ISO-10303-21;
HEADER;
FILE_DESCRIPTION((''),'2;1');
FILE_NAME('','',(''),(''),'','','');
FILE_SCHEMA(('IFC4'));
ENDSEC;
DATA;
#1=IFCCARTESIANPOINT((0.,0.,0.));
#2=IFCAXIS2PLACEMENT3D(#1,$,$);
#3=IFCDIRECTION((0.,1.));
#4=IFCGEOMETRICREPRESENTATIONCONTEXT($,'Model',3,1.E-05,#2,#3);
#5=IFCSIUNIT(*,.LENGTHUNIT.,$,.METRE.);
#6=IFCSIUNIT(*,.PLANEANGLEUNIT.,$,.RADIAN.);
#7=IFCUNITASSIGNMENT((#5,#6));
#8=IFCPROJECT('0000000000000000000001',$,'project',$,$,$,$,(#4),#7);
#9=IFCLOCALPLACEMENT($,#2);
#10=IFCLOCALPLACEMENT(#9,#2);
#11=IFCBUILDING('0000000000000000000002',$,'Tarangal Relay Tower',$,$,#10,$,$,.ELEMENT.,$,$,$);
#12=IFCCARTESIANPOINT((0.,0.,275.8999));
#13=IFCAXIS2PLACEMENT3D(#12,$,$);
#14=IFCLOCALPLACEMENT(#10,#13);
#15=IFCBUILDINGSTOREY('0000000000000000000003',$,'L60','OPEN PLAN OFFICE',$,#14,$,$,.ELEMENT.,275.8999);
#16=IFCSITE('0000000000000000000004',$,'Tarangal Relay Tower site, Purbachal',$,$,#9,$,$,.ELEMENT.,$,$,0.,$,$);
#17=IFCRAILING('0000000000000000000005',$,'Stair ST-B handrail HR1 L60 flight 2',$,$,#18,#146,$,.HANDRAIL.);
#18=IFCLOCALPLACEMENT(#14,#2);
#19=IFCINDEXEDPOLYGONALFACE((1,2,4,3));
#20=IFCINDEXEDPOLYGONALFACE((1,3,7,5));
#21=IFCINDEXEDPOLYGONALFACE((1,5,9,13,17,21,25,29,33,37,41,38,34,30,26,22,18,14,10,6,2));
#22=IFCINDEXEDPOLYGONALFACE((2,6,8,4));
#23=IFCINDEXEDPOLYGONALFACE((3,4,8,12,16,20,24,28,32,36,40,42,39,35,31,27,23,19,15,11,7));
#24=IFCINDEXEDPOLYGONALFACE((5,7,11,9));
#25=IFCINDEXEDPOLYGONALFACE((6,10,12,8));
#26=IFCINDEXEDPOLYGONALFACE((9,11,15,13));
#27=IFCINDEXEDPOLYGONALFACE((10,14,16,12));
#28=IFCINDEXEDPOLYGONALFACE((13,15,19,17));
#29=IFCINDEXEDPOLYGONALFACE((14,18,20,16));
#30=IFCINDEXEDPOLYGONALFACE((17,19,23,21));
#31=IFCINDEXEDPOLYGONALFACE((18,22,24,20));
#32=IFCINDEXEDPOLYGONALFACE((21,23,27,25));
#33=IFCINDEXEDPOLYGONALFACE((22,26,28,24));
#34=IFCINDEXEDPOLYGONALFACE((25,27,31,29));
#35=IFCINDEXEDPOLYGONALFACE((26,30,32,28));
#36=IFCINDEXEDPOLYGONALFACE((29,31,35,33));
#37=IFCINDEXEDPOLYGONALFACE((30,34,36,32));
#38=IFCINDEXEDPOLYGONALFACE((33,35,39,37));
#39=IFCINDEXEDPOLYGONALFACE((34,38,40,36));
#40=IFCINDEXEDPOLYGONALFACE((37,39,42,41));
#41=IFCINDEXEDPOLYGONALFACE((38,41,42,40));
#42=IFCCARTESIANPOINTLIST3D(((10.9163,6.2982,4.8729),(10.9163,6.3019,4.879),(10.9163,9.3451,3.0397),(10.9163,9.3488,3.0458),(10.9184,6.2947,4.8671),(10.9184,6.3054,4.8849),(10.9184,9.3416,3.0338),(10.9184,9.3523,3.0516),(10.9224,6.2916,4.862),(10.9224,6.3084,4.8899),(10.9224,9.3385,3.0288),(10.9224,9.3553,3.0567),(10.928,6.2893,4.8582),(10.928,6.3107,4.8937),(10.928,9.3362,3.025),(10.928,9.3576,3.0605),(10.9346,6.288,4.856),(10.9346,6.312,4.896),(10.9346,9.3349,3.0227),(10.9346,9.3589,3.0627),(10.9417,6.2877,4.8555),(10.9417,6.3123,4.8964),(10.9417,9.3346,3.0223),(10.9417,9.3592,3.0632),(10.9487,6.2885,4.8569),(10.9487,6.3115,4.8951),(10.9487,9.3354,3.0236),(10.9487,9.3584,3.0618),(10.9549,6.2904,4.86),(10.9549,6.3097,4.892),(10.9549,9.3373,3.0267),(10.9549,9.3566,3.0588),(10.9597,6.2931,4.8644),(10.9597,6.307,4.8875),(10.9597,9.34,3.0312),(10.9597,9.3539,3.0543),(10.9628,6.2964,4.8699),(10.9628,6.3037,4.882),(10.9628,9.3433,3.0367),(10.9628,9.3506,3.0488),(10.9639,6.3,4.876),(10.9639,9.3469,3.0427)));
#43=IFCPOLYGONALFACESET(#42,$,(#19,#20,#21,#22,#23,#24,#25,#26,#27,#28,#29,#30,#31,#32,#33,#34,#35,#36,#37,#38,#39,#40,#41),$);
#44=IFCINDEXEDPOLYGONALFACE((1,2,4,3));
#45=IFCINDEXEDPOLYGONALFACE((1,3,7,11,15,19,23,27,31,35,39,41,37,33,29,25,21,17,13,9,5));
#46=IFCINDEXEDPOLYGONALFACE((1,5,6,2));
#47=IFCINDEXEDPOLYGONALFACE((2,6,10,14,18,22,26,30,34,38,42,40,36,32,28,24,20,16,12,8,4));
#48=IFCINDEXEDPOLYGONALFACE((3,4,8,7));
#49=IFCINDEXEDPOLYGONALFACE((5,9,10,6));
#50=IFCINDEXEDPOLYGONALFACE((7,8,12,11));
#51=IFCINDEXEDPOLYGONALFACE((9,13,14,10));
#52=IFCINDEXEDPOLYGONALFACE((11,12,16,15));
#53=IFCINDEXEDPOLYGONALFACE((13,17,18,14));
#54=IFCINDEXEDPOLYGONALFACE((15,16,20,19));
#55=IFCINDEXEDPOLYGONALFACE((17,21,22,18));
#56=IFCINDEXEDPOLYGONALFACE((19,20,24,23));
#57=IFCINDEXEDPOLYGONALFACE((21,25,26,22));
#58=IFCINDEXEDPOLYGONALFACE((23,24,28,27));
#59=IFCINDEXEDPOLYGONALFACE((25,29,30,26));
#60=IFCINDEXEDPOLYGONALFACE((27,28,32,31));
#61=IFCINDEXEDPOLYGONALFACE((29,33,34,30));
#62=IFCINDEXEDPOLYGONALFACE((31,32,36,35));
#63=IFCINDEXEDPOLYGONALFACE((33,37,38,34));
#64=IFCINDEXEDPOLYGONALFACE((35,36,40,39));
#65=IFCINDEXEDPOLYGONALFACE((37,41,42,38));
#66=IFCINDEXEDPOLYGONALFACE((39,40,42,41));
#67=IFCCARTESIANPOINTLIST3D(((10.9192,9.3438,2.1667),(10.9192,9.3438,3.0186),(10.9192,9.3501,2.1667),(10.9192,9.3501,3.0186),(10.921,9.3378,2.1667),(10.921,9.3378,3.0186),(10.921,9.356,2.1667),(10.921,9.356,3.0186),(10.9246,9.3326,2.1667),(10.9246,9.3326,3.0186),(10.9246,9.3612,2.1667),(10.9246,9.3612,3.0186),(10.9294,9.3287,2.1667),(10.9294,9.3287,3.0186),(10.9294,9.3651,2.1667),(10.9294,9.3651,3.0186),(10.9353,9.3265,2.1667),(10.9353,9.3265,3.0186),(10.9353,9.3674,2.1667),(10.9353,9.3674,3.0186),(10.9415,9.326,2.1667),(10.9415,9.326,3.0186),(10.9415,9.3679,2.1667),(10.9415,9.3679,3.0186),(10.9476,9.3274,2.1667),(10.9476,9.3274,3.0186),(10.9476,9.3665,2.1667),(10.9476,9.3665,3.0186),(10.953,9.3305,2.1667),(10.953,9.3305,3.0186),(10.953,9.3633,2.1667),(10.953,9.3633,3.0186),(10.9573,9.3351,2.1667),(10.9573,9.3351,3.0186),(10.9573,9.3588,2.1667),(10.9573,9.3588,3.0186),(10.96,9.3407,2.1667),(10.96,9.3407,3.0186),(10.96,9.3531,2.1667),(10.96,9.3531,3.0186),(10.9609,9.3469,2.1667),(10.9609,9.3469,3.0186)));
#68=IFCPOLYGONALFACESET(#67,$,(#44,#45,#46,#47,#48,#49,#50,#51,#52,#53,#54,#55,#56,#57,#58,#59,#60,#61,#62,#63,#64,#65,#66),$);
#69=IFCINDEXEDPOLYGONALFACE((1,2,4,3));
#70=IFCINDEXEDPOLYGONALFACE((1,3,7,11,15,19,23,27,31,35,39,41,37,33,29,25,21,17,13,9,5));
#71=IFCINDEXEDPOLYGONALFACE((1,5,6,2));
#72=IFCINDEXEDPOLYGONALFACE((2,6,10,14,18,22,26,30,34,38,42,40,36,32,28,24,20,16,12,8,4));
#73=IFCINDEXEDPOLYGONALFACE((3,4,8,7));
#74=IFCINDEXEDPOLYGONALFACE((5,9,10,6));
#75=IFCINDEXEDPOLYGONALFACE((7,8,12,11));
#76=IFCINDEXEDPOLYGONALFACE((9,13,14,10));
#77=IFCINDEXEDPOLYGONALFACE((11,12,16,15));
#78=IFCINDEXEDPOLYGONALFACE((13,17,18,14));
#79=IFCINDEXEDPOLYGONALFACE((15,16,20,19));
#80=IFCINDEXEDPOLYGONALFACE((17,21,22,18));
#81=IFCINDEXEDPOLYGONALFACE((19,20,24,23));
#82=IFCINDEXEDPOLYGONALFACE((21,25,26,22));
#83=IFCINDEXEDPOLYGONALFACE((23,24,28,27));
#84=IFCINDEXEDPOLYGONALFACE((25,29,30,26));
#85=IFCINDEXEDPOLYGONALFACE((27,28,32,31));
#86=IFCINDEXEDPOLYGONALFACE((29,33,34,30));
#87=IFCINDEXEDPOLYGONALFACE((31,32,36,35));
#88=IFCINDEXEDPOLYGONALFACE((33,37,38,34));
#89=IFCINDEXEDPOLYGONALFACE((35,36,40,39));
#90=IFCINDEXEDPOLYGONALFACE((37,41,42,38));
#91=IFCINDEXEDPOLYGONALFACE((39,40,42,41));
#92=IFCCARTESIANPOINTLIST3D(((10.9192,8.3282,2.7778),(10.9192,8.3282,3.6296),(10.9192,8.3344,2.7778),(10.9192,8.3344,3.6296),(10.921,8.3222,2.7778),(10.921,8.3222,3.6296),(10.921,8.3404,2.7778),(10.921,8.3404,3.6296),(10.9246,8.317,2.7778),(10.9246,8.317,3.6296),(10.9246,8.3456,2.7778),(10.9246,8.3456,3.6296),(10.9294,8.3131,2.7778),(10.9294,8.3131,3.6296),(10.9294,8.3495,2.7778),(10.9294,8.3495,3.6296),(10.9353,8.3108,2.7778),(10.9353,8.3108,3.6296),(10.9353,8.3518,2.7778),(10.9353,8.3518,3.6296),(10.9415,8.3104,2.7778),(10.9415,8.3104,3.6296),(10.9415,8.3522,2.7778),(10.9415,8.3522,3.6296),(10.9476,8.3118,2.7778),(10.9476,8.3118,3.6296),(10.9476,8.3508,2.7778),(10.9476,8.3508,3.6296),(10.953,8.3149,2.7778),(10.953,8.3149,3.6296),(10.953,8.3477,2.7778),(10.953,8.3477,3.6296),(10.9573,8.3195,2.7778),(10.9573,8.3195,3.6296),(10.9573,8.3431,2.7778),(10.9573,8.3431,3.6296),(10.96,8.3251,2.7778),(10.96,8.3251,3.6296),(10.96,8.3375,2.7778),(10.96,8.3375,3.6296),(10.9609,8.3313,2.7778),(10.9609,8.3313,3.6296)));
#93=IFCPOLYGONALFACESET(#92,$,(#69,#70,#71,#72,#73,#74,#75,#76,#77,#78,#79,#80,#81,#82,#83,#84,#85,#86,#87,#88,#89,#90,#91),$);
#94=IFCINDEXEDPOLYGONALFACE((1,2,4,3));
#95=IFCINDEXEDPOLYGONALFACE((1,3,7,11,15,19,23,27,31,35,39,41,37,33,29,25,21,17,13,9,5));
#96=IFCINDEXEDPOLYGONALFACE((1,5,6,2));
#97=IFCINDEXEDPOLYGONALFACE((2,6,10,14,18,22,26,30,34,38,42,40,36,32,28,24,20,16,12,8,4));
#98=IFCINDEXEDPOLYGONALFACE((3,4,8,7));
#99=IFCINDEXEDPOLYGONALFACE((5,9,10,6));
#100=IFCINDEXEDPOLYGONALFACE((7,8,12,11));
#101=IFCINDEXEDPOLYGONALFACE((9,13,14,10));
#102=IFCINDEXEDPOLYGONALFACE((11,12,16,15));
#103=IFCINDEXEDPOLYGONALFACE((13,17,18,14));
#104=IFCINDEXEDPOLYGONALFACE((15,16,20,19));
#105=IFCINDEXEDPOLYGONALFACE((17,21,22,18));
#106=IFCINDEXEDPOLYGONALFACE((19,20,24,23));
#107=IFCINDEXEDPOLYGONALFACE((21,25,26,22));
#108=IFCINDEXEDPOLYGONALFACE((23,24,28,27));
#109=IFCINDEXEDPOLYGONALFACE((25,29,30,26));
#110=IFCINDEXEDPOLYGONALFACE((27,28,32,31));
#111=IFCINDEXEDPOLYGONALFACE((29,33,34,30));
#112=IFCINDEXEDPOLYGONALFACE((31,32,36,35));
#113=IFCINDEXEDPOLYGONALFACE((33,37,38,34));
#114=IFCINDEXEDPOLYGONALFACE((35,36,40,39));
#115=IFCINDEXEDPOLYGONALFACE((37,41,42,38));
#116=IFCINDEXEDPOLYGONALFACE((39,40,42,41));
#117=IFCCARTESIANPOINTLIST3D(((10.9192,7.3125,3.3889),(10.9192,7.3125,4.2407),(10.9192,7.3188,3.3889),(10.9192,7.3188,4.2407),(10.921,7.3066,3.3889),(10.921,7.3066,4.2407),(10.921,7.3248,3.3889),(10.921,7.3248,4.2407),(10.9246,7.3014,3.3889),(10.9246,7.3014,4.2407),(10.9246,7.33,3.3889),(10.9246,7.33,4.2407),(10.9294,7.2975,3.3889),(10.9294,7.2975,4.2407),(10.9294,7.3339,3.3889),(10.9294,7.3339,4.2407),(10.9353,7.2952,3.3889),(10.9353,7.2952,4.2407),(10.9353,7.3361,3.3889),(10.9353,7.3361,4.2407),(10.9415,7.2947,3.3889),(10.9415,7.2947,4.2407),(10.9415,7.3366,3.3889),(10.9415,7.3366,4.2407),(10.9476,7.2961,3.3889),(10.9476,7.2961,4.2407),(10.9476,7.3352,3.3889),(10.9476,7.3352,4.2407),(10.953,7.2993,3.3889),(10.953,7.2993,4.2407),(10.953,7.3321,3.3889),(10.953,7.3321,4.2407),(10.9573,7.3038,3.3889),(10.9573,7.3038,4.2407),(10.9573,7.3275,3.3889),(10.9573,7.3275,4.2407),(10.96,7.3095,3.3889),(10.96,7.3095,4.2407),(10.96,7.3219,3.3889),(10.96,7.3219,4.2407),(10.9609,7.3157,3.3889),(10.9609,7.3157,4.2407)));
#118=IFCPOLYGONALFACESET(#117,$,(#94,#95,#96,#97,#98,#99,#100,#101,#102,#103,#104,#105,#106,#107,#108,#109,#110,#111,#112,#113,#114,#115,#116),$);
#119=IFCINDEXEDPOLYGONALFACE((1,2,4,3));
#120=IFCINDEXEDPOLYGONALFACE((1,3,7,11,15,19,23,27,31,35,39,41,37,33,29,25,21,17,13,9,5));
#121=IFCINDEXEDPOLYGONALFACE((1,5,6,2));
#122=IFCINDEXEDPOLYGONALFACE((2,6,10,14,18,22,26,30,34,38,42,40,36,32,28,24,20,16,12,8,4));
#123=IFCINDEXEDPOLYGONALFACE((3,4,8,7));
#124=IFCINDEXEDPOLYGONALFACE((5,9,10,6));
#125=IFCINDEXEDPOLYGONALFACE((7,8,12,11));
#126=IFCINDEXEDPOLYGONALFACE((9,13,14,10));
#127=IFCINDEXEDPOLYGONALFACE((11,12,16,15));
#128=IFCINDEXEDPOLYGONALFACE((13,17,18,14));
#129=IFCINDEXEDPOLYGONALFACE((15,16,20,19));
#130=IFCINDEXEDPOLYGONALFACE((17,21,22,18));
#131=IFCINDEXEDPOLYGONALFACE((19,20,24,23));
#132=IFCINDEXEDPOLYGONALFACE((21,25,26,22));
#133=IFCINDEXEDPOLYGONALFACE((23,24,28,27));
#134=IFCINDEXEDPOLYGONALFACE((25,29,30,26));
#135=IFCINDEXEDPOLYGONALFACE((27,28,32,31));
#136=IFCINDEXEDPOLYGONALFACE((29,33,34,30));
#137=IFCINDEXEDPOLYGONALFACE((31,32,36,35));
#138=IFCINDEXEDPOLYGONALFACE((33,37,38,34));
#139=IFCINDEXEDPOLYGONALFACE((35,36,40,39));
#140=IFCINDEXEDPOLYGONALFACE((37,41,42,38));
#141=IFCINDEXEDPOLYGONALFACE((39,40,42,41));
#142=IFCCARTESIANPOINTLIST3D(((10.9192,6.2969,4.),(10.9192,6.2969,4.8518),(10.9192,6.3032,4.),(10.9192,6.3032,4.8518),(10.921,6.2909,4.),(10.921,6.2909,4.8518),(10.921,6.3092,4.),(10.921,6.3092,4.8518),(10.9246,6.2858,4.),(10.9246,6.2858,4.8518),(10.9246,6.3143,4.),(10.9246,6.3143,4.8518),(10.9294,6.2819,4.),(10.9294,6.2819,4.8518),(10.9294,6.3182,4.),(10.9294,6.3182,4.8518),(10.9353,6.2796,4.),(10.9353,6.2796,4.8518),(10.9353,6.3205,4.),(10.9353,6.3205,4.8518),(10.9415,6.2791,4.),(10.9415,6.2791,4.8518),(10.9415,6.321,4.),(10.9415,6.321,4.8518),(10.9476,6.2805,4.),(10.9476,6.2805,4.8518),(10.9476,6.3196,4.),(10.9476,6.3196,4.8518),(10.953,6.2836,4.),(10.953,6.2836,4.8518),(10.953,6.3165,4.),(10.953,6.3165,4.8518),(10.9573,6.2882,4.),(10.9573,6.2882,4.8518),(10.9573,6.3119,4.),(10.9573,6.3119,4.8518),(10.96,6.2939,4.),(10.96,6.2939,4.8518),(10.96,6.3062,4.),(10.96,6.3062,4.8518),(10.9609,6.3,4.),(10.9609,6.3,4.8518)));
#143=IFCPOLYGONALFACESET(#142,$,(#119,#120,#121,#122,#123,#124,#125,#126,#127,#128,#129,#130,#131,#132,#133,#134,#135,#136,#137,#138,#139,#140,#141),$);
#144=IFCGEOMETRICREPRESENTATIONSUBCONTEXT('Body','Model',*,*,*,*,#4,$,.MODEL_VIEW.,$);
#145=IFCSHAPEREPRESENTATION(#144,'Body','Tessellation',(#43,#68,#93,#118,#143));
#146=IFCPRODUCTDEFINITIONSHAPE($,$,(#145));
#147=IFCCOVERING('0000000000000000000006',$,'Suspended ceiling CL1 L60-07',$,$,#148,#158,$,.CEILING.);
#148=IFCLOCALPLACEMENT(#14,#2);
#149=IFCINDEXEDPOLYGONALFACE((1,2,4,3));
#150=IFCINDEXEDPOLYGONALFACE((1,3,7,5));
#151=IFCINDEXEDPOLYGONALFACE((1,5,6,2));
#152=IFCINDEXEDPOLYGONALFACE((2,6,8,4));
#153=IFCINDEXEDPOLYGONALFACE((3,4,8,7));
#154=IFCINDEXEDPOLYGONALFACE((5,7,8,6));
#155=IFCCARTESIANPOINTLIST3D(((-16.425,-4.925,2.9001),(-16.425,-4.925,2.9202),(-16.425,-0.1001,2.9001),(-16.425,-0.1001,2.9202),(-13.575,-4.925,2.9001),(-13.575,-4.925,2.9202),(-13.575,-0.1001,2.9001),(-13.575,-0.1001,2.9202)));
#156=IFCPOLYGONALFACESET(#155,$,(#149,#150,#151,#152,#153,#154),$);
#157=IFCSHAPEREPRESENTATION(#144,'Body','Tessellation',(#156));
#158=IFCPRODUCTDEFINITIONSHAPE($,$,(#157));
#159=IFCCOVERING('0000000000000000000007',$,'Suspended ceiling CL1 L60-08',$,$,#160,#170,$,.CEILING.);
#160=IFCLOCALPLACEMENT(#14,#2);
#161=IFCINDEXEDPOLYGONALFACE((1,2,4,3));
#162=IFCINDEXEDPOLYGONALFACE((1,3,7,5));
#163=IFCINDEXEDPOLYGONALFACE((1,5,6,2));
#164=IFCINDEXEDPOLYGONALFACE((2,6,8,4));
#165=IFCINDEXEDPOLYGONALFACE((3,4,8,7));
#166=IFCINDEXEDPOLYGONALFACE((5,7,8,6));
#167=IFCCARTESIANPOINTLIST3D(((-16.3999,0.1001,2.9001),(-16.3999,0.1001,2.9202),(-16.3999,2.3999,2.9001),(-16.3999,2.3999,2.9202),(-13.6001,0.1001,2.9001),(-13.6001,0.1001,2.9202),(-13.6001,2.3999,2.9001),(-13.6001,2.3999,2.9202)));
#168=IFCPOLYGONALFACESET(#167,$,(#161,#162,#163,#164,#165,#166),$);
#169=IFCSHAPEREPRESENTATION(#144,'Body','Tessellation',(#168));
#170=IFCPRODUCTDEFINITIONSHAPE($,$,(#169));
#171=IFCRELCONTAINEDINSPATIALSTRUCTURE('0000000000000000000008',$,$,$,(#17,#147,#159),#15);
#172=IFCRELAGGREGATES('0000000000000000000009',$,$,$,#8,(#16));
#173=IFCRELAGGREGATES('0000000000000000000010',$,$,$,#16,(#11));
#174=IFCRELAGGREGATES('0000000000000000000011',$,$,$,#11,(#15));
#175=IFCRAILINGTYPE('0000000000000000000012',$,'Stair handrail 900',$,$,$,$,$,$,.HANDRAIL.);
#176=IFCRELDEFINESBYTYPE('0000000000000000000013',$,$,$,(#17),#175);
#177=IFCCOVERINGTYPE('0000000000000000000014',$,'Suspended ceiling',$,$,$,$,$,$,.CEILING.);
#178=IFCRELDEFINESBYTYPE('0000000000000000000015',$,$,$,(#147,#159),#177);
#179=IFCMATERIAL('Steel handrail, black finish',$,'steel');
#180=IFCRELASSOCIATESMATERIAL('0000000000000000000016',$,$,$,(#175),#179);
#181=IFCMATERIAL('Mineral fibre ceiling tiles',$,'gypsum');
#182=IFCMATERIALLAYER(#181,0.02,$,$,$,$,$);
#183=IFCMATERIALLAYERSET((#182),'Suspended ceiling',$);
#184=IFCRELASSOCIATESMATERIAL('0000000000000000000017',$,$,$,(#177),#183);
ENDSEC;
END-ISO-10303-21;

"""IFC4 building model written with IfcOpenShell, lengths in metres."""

from ifc_helpers import new_model, si_unit, direction, frame, origin, origin_2d, place, context, subcontext, project, spatial, polyline, circle, outline, extrude, material, layer, layer_set, type_object, element, save


model = new_model("IFC4")

# Units and contexts
model_context = context("Model", 3, precision=1e-05, world=origin(), true_north=direction((0.0, 1.0)))
body_context = subcontext(model_context, "Body", "Model", "MODEL_VIEW")
ifc_project = project(units=[si_unit("LENGTHUNIT", "METRE"), si_unit("PLANEANGLEUNIT", "RADIAN")], contexts=[model_context])

# Site, building, storey
site_placement = place(None, origin())
site = spatial("IfcSite", under=ifc_project, at=site_placement, Name="Tarangal Relay Tower site, Purbachal", CompositionType="ELEMENT", RefElevation=0.0)
building_placement = place(site_placement, origin())
building = spatial("IfcBuilding", under=site, at=building_placement, Name="Tarangal Relay Tower", CompositionType="ELEMENT")
storey_placement = place(building_placement, frame((0.0, 0.0, 275.8999)))
storey = spatial("IfcBuildingStorey", under=building, at=storey_placement, Name="L60", Description="OPEN PLAN OFFICE", CompositionType="ELEMENT", Elevation=275.8999)

# Railing
ifc_material_1 = material(Name="Steel handrail, black finish", Category="steel")
railing_type_1 = type_object("IfcRailingType", Name="Stair handrail 900", PredefinedType="HANDRAIL", material=ifc_material_1)
railing_1_placement = place(storey_placement, frame((10.9399, 9.3469, 2.1667)))
element("IfcRailing", 1, at=railing_1_placement, inside=storey, type_object=railing_type_1, Name="Stair ST-B handrail HR1 L60 flight 2", PredefinedType="HANDRAIL", context=body_context, shape_type="SweptSolid", body=[
    extrude(circle(Radius=0.0239, at=origin_2d()), frame((0.0, 0.0, 0.876), z_axis=(0.0, -0.856856, 0.515556), x_axis=(1.0, 0.0, 0.0)), (0.0, 0.0, 1.0), 3.5559),
    extrude(circle(Radius=0.021, at=origin_2d()), origin(), (0.0, 0.0, 1.0), 0.8518),
    extrude(circle(Radius=0.021, at=origin_2d()), frame((0.0, -1.0156, 0.6111)), (0.0, 0.0, 1.0), 0.8518),
    extrude(circle(Radius=0.021, at=origin_2d()), frame((0.0, -2.0312, 1.2222)), (0.0, 0.0, 1.0), 0.8518),
    extrude(circle(Radius=0.021, at=origin_2d()), frame((0.0, -3.0469, 1.8333)), (0.0, 0.0, 1.0), 0.8518),
])

# Coverings
ifc_material_2 = material(Name="Mineral fibre ceiling tiles", Category="gypsum")
ifc_layer_1 = layer(ifc_material_2, 0.02)
ifc_layer_set_1 = layer_set([ifc_layer_1], Name="Suspended ceiling")
covering_type = type_object("IfcCoveringType", Name="Suspended ceiling", PredefinedType="CEILING", material=ifc_layer_set_1)
covering_1_placement = place(storey_placement, frame((0.0, 0.0, 2.9001)))
element("IfcCovering", 2, at=covering_1_placement, inside=storey, type_object=covering_type, Name="Suspended ceiling CL1 L60-07", PredefinedType="CEILING", context=body_context, shape_type="SweptSolid", body=[
    extrude(outline(polyline([(-16.425, -4.925), (-13.575, -4.925), (-13.575, -0.1001), (-16.425, -0.1001), (-16.425, -4.925)])), origin(), (0.0, 0.0, 1.0), 0.02),
])
covering_2_placement = place(storey_placement, frame((0.0, 0.0, 2.9001)))
element("IfcCovering", 3, at=covering_2_placement, inside=storey, type_object=covering_type, Name="Suspended ceiling CL1 L60-08", PredefinedType="CEILING", context=body_context, shape_type="SweptSolid", body=[
    extrude(outline(polyline([(-13.6001, 2.3999), (-16.3999, 2.3999), (-16.3999, 0.1001), (-13.6001, 0.1001), (-13.6001, 2.3999)])), origin(), (0.0, 0.0, 1.0), 0.02),
])

save(model, "model.ifc")
